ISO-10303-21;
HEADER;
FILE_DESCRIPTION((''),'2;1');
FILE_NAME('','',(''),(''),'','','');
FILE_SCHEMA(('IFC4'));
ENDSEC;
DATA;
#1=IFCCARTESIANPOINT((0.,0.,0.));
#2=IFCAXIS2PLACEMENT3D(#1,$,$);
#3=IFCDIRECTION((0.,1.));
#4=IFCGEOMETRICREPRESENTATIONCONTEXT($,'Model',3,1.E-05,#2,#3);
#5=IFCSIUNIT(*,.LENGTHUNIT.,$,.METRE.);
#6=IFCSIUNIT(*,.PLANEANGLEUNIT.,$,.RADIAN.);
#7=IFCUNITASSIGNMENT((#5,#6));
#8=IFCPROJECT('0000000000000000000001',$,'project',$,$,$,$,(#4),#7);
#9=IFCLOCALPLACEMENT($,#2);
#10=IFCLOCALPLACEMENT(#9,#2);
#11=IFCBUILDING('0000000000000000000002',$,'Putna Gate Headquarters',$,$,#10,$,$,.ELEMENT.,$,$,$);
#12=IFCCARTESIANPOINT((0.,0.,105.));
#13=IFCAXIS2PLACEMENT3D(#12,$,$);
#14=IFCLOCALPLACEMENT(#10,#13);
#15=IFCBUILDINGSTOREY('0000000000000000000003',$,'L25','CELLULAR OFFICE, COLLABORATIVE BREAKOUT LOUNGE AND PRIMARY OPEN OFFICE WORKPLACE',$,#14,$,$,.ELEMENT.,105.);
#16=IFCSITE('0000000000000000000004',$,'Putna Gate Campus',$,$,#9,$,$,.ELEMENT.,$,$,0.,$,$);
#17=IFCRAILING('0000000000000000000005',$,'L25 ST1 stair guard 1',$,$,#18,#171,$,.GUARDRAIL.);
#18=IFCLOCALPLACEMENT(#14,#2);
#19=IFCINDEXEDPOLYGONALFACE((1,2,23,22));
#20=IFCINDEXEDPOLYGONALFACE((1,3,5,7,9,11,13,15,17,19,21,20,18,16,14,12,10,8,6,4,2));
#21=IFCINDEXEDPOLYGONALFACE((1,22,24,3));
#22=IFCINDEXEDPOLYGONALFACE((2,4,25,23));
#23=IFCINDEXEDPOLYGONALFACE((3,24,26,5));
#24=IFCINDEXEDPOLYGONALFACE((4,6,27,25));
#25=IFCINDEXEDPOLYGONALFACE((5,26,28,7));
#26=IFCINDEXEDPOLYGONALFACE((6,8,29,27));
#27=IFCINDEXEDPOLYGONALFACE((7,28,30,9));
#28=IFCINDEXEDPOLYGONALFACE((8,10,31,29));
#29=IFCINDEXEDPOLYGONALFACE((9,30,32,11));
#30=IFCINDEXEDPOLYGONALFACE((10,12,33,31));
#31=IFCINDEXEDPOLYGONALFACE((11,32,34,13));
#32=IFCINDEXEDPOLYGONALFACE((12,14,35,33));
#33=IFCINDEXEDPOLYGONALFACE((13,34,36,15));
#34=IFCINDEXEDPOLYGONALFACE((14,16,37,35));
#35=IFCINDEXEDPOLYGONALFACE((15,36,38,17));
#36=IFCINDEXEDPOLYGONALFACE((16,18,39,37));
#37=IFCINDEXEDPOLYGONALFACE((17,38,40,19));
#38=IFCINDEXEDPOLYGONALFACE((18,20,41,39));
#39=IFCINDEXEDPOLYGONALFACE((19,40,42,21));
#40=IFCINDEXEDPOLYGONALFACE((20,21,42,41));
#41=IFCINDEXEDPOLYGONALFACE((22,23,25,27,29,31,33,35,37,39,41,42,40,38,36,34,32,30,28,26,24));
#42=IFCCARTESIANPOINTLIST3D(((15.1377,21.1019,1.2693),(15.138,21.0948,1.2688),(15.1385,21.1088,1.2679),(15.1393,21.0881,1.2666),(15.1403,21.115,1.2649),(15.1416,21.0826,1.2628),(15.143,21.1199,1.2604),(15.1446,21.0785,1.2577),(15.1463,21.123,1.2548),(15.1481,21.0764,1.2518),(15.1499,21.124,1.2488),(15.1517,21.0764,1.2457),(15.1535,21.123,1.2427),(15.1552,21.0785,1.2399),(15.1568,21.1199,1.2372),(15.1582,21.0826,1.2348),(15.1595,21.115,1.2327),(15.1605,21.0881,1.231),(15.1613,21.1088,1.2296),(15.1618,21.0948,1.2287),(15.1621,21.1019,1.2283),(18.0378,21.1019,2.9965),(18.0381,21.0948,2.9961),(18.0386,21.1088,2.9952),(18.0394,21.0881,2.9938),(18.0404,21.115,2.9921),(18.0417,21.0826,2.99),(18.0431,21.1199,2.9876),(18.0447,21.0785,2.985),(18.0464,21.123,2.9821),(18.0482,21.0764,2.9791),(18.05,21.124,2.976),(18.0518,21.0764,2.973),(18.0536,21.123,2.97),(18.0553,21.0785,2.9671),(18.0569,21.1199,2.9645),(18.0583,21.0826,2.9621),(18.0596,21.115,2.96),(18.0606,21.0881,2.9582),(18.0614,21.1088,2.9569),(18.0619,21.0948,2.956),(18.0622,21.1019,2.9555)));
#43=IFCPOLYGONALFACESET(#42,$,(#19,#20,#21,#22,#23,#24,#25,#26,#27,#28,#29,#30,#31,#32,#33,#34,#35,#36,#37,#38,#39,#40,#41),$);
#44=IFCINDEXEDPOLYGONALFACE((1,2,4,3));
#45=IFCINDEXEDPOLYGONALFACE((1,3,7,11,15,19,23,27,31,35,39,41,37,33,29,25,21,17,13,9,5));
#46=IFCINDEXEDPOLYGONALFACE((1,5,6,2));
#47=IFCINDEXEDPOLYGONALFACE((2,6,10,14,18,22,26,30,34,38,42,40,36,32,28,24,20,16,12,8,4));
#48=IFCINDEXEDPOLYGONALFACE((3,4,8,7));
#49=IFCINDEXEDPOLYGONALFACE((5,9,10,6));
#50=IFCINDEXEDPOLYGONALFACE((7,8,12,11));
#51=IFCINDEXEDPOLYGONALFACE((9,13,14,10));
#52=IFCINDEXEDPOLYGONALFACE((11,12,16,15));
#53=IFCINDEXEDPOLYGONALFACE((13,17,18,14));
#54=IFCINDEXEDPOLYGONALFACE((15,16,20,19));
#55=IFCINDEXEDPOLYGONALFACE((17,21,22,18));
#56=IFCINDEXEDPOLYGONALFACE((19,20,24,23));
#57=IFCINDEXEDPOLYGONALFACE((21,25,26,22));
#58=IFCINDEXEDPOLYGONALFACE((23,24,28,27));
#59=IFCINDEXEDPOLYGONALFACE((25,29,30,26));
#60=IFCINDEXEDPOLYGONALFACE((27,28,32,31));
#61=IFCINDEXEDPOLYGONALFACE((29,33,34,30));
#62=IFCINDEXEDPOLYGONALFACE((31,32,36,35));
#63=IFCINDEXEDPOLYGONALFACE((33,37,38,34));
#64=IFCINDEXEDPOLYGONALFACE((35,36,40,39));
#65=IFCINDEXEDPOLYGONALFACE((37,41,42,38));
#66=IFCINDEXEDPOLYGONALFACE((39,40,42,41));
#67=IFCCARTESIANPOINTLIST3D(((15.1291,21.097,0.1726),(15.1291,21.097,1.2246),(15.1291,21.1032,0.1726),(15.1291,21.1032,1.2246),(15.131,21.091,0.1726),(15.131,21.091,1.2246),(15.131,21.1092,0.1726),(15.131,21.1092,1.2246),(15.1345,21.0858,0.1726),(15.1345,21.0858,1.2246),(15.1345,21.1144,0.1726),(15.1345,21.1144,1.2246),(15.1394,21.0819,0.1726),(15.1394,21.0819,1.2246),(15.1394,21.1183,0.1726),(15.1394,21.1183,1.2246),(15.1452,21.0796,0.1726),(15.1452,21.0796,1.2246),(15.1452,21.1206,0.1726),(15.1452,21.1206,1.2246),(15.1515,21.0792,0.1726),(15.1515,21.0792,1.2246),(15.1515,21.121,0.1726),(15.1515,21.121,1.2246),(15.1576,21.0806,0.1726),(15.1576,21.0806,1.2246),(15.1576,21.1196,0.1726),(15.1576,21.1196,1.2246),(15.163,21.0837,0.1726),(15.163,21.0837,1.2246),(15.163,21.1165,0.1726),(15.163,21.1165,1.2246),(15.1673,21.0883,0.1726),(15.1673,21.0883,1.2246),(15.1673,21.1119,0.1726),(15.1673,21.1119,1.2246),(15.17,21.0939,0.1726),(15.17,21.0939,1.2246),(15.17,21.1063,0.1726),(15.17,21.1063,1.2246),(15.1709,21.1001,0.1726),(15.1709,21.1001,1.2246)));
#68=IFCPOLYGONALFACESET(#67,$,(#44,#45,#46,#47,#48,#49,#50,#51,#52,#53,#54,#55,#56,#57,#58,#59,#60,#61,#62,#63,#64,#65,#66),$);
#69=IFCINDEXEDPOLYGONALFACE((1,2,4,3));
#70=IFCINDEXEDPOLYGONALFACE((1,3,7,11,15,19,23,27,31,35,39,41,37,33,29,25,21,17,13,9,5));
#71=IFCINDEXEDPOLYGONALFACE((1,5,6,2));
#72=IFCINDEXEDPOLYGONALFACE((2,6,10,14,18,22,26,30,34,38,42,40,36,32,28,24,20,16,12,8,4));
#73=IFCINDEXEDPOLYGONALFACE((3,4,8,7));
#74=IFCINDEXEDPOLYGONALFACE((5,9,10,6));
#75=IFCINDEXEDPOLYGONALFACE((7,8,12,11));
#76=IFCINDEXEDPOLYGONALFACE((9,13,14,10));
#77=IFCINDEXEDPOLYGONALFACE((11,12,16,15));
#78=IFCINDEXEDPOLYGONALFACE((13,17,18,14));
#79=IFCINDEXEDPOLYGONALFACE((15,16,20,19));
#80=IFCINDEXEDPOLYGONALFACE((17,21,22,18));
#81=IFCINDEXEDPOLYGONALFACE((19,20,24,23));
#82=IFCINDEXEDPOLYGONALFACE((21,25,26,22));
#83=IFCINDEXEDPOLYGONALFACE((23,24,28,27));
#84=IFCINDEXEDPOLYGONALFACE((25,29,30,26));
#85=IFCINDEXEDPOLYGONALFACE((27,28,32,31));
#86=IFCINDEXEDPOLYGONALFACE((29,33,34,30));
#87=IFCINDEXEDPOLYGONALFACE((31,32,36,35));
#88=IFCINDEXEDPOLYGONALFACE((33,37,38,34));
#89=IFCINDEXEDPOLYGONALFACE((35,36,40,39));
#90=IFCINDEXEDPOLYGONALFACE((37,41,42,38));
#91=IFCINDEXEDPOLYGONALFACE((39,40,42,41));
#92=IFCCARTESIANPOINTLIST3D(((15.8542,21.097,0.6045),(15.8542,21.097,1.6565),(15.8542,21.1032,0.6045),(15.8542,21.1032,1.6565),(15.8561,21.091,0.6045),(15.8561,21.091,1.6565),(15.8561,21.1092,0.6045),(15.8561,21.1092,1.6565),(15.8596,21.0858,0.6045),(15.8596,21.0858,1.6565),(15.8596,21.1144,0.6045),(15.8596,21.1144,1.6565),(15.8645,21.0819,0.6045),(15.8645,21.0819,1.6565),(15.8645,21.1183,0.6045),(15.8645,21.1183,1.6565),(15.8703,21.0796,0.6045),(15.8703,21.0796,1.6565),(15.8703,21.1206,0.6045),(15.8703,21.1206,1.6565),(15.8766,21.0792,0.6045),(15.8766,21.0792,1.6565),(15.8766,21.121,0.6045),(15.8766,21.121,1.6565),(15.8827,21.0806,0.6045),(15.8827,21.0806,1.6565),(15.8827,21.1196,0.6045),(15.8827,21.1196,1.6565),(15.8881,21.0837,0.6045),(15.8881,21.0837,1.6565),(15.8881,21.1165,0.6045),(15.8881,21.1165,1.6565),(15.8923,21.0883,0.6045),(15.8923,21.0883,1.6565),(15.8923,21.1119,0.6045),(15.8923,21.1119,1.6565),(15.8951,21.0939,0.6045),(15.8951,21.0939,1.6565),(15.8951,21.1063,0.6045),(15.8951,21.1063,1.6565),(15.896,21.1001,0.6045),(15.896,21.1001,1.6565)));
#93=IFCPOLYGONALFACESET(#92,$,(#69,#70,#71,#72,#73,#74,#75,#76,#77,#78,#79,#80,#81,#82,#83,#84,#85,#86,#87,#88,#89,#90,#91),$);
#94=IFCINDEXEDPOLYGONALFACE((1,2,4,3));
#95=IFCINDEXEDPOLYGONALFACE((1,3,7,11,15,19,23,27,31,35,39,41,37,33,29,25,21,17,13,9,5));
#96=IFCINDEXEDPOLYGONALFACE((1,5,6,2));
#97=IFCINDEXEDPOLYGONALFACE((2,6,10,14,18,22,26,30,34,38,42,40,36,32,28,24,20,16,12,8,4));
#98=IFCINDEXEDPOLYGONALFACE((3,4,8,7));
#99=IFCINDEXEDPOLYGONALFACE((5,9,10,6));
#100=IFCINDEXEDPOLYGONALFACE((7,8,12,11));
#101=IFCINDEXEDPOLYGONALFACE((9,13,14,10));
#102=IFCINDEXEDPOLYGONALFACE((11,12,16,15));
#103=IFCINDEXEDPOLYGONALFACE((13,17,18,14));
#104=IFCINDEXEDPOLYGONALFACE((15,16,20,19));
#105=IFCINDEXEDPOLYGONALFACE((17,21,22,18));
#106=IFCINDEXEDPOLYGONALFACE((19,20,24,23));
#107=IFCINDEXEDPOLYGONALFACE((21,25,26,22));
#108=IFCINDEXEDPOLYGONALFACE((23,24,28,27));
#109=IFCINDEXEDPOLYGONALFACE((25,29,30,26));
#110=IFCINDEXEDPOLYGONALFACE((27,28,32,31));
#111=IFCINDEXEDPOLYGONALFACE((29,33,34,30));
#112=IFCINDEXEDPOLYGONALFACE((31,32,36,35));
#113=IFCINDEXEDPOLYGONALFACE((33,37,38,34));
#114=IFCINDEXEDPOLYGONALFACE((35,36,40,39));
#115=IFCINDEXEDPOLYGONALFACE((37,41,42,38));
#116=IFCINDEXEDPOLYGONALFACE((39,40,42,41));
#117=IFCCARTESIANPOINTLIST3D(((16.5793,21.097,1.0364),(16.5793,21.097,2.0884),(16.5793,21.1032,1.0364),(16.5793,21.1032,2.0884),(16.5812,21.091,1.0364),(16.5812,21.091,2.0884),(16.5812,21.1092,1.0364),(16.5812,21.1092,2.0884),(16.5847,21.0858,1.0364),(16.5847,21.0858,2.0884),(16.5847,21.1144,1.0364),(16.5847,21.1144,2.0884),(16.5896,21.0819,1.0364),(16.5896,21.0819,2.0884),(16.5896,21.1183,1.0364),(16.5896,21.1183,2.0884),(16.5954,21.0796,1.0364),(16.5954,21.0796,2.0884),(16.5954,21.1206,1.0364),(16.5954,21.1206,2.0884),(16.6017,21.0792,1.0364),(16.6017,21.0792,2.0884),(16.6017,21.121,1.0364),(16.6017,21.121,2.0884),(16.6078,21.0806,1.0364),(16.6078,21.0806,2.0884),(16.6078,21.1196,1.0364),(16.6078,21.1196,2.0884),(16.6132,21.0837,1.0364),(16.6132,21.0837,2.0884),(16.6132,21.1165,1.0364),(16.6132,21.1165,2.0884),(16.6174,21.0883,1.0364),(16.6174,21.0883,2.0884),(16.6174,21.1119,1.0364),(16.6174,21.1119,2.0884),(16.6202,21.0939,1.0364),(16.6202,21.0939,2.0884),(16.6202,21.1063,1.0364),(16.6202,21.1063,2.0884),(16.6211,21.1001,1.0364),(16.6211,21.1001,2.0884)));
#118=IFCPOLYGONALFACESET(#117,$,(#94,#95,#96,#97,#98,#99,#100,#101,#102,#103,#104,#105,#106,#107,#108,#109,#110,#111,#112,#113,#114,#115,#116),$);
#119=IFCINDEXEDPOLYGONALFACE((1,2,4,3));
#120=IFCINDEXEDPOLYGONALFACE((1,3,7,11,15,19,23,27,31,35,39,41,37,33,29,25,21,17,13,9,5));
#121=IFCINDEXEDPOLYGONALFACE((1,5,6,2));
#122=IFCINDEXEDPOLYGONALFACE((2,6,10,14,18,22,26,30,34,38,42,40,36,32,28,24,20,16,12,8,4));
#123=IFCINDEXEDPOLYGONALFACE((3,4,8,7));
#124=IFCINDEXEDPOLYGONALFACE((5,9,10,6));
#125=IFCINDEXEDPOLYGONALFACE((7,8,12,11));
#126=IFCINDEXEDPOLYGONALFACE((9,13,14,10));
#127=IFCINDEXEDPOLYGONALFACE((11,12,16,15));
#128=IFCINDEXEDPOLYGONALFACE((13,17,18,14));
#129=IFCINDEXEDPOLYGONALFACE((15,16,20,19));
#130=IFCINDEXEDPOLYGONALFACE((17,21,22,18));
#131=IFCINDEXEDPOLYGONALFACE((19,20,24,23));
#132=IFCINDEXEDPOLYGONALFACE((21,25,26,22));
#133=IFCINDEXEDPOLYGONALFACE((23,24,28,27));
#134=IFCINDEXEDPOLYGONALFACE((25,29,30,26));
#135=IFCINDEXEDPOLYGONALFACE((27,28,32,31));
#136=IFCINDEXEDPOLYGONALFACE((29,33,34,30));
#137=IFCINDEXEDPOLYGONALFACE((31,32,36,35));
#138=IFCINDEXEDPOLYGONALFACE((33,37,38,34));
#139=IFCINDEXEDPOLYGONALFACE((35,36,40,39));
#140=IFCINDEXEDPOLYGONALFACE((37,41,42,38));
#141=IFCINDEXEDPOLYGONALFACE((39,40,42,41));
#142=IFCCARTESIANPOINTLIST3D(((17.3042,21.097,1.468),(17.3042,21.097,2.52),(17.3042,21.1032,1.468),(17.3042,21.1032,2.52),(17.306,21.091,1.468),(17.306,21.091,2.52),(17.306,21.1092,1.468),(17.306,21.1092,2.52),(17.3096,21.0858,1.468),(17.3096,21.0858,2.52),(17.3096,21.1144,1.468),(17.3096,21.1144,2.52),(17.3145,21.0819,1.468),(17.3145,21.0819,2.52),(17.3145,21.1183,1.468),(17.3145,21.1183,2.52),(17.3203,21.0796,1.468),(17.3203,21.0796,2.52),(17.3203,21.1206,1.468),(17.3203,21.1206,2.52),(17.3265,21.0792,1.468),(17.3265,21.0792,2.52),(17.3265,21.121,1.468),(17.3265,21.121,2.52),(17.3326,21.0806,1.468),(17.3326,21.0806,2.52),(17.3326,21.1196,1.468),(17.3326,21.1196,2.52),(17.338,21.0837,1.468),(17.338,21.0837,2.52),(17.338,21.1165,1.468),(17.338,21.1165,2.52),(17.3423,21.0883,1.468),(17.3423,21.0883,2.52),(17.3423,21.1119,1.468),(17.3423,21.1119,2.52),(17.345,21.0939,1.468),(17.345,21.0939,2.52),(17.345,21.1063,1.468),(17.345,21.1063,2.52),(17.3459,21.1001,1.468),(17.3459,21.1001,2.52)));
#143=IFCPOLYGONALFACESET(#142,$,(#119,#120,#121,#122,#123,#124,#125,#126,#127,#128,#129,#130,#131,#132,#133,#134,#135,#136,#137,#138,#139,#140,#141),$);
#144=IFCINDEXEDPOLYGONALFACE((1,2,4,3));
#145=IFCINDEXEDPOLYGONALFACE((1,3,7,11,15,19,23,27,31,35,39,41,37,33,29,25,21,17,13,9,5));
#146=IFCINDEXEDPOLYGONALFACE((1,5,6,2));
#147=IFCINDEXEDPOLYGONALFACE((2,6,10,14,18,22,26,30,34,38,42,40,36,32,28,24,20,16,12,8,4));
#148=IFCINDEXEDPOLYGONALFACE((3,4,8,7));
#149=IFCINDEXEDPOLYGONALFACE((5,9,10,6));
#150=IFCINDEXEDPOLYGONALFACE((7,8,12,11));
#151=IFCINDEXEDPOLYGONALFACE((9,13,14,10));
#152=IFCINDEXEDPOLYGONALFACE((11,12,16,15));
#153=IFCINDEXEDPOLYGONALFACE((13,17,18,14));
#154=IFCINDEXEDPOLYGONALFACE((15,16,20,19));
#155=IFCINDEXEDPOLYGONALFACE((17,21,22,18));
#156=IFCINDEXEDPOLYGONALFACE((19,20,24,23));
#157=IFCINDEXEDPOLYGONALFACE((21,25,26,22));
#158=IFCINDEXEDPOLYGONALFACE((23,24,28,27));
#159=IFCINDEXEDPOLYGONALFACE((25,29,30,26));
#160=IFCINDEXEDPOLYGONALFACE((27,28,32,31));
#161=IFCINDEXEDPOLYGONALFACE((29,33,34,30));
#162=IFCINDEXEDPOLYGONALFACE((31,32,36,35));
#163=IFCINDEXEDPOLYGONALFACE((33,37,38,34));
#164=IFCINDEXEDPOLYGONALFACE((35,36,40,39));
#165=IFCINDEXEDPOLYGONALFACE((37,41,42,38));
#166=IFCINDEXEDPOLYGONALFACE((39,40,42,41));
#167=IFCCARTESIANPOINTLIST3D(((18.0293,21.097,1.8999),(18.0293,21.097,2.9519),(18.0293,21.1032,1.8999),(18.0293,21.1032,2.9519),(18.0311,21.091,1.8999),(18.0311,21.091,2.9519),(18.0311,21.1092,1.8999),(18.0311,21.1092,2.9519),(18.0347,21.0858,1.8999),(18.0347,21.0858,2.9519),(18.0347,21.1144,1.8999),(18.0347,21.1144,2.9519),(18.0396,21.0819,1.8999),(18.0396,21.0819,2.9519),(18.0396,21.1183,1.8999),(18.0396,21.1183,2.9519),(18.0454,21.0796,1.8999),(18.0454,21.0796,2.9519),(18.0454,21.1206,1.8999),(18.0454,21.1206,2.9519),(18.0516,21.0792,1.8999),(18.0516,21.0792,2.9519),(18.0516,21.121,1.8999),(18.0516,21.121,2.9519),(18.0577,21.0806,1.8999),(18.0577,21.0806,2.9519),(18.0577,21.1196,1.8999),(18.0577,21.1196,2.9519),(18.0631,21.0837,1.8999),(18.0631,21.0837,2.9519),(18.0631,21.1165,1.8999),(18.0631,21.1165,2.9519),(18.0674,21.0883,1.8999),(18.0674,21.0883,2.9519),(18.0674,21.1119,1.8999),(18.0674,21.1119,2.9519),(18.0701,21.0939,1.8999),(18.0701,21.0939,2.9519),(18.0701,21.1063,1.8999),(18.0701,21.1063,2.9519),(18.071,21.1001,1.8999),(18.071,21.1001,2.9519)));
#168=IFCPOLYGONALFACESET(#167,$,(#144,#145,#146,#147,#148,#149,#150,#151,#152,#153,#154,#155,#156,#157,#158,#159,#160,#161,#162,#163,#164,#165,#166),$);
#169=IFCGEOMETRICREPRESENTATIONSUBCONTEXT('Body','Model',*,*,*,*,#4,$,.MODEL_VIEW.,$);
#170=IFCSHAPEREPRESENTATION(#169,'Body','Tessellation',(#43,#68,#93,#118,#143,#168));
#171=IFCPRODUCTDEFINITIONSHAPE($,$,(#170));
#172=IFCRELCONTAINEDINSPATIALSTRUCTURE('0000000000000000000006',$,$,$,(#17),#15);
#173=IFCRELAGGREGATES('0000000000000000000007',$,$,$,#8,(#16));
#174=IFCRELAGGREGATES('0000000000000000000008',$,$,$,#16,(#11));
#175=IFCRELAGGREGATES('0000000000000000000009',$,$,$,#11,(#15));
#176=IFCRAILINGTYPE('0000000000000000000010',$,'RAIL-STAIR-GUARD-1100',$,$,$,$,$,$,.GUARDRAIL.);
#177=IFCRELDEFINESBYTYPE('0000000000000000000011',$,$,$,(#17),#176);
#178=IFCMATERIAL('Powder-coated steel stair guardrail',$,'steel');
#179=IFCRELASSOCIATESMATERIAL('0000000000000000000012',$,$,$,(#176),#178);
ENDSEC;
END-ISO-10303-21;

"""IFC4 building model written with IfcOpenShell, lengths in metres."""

from ifc_helpers import new_model, si_unit, direction, frame, origin, origin_2d, place, context, subcontext, project, spatial, circle, extrude, material, type_object, element, save


model = new_model("IFC4")

# Units and contexts
model_context = context("Model", 3, precision=1e-05, world=origin(), true_north=direction((0.0, 1.0)))
body_context = subcontext(model_context, "Body", "Model", "MODEL_VIEW")
ifc_project = project(units=[si_unit("LENGTHUNIT", "METRE"), si_unit("PLANEANGLEUNIT", "RADIAN")], contexts=[model_context])

# Site, building, storey
site_placement = place(None, origin())
site = spatial("IfcSite", under=ifc_project, at=site_placement, Name="Putna Gate Campus", CompositionType="ELEMENT", RefElevation=0.0)
building_placement = place(site_placement, origin())
building = spatial("IfcBuilding", under=site, at=building_placement, Name="Putna Gate Headquarters", CompositionType="ELEMENT")
storey_placement = place(building_placement, frame((0.0, 0.0, 105.0)))
storey = spatial("IfcBuildingStorey", under=building, at=storey_placement, Name="L25", Description="CELLULAR OFFICE, COLLABORATIVE BREAKOUT LOUNGE AND PRIMARY OPEN OFFICE WORKPLACE", CompositionType="ELEMENT", Elevation=105.0)

# Railing
ifc_material_1 = material(Name="Powder-coated steel stair guardrail", Category="steel")
railing_type_1 = type_object("IfcRailingType", Name="RAIL-STAIR-GUARD-1100", PredefinedType="GUARDRAIL", material=ifc_material_1)
railing_1_placement = place(storey_placement, frame((15.1499, 21.1001, 0.1726)))
element("IfcRailing", 1, at=railing_1_placement, inside=storey, type_object=railing_type_1, Name="L25 ST1 stair guard 1", PredefinedType="GUARDRAIL", context=body_context, shape_type="SweptSolid", body=[
    extrude(circle(Radius=0.0239, at=origin_2d()), frame((0.0, 0.0, 1.0762), z_axis=(0.85916, 0.0, 0.511706), x_axis=(0.0, 1.0, 0.0)), (0.0, 0.0, 1.0), 3.3755),
    extrude(circle(Radius=0.021, at=origin_2d()), origin(), (0.0, 0.0, 1.0), 1.052),
    extrude(circle(Radius=0.021, at=origin_2d()), frame((0.7251, 0.0, 0.4319)), (0.0, 0.0, 1.0), 1.052),
    extrude(circle(Radius=0.021, at=origin_2d()), frame((1.4502, 0.0, 0.8638)), (0.0, 0.0, 1.0), 1.052),
    extrude(circle(Radius=0.021, at=origin_2d()), frame((2.175, 0.0, 1.2954)), (0.0, 0.0, 1.0), 1.052),
    extrude(circle(Radius=0.021, at=origin_2d()), frame((2.9001, 0.0, 1.7273)), (0.0, 0.0, 1.0), 1.052),
])

save(model, "model.ifc")
